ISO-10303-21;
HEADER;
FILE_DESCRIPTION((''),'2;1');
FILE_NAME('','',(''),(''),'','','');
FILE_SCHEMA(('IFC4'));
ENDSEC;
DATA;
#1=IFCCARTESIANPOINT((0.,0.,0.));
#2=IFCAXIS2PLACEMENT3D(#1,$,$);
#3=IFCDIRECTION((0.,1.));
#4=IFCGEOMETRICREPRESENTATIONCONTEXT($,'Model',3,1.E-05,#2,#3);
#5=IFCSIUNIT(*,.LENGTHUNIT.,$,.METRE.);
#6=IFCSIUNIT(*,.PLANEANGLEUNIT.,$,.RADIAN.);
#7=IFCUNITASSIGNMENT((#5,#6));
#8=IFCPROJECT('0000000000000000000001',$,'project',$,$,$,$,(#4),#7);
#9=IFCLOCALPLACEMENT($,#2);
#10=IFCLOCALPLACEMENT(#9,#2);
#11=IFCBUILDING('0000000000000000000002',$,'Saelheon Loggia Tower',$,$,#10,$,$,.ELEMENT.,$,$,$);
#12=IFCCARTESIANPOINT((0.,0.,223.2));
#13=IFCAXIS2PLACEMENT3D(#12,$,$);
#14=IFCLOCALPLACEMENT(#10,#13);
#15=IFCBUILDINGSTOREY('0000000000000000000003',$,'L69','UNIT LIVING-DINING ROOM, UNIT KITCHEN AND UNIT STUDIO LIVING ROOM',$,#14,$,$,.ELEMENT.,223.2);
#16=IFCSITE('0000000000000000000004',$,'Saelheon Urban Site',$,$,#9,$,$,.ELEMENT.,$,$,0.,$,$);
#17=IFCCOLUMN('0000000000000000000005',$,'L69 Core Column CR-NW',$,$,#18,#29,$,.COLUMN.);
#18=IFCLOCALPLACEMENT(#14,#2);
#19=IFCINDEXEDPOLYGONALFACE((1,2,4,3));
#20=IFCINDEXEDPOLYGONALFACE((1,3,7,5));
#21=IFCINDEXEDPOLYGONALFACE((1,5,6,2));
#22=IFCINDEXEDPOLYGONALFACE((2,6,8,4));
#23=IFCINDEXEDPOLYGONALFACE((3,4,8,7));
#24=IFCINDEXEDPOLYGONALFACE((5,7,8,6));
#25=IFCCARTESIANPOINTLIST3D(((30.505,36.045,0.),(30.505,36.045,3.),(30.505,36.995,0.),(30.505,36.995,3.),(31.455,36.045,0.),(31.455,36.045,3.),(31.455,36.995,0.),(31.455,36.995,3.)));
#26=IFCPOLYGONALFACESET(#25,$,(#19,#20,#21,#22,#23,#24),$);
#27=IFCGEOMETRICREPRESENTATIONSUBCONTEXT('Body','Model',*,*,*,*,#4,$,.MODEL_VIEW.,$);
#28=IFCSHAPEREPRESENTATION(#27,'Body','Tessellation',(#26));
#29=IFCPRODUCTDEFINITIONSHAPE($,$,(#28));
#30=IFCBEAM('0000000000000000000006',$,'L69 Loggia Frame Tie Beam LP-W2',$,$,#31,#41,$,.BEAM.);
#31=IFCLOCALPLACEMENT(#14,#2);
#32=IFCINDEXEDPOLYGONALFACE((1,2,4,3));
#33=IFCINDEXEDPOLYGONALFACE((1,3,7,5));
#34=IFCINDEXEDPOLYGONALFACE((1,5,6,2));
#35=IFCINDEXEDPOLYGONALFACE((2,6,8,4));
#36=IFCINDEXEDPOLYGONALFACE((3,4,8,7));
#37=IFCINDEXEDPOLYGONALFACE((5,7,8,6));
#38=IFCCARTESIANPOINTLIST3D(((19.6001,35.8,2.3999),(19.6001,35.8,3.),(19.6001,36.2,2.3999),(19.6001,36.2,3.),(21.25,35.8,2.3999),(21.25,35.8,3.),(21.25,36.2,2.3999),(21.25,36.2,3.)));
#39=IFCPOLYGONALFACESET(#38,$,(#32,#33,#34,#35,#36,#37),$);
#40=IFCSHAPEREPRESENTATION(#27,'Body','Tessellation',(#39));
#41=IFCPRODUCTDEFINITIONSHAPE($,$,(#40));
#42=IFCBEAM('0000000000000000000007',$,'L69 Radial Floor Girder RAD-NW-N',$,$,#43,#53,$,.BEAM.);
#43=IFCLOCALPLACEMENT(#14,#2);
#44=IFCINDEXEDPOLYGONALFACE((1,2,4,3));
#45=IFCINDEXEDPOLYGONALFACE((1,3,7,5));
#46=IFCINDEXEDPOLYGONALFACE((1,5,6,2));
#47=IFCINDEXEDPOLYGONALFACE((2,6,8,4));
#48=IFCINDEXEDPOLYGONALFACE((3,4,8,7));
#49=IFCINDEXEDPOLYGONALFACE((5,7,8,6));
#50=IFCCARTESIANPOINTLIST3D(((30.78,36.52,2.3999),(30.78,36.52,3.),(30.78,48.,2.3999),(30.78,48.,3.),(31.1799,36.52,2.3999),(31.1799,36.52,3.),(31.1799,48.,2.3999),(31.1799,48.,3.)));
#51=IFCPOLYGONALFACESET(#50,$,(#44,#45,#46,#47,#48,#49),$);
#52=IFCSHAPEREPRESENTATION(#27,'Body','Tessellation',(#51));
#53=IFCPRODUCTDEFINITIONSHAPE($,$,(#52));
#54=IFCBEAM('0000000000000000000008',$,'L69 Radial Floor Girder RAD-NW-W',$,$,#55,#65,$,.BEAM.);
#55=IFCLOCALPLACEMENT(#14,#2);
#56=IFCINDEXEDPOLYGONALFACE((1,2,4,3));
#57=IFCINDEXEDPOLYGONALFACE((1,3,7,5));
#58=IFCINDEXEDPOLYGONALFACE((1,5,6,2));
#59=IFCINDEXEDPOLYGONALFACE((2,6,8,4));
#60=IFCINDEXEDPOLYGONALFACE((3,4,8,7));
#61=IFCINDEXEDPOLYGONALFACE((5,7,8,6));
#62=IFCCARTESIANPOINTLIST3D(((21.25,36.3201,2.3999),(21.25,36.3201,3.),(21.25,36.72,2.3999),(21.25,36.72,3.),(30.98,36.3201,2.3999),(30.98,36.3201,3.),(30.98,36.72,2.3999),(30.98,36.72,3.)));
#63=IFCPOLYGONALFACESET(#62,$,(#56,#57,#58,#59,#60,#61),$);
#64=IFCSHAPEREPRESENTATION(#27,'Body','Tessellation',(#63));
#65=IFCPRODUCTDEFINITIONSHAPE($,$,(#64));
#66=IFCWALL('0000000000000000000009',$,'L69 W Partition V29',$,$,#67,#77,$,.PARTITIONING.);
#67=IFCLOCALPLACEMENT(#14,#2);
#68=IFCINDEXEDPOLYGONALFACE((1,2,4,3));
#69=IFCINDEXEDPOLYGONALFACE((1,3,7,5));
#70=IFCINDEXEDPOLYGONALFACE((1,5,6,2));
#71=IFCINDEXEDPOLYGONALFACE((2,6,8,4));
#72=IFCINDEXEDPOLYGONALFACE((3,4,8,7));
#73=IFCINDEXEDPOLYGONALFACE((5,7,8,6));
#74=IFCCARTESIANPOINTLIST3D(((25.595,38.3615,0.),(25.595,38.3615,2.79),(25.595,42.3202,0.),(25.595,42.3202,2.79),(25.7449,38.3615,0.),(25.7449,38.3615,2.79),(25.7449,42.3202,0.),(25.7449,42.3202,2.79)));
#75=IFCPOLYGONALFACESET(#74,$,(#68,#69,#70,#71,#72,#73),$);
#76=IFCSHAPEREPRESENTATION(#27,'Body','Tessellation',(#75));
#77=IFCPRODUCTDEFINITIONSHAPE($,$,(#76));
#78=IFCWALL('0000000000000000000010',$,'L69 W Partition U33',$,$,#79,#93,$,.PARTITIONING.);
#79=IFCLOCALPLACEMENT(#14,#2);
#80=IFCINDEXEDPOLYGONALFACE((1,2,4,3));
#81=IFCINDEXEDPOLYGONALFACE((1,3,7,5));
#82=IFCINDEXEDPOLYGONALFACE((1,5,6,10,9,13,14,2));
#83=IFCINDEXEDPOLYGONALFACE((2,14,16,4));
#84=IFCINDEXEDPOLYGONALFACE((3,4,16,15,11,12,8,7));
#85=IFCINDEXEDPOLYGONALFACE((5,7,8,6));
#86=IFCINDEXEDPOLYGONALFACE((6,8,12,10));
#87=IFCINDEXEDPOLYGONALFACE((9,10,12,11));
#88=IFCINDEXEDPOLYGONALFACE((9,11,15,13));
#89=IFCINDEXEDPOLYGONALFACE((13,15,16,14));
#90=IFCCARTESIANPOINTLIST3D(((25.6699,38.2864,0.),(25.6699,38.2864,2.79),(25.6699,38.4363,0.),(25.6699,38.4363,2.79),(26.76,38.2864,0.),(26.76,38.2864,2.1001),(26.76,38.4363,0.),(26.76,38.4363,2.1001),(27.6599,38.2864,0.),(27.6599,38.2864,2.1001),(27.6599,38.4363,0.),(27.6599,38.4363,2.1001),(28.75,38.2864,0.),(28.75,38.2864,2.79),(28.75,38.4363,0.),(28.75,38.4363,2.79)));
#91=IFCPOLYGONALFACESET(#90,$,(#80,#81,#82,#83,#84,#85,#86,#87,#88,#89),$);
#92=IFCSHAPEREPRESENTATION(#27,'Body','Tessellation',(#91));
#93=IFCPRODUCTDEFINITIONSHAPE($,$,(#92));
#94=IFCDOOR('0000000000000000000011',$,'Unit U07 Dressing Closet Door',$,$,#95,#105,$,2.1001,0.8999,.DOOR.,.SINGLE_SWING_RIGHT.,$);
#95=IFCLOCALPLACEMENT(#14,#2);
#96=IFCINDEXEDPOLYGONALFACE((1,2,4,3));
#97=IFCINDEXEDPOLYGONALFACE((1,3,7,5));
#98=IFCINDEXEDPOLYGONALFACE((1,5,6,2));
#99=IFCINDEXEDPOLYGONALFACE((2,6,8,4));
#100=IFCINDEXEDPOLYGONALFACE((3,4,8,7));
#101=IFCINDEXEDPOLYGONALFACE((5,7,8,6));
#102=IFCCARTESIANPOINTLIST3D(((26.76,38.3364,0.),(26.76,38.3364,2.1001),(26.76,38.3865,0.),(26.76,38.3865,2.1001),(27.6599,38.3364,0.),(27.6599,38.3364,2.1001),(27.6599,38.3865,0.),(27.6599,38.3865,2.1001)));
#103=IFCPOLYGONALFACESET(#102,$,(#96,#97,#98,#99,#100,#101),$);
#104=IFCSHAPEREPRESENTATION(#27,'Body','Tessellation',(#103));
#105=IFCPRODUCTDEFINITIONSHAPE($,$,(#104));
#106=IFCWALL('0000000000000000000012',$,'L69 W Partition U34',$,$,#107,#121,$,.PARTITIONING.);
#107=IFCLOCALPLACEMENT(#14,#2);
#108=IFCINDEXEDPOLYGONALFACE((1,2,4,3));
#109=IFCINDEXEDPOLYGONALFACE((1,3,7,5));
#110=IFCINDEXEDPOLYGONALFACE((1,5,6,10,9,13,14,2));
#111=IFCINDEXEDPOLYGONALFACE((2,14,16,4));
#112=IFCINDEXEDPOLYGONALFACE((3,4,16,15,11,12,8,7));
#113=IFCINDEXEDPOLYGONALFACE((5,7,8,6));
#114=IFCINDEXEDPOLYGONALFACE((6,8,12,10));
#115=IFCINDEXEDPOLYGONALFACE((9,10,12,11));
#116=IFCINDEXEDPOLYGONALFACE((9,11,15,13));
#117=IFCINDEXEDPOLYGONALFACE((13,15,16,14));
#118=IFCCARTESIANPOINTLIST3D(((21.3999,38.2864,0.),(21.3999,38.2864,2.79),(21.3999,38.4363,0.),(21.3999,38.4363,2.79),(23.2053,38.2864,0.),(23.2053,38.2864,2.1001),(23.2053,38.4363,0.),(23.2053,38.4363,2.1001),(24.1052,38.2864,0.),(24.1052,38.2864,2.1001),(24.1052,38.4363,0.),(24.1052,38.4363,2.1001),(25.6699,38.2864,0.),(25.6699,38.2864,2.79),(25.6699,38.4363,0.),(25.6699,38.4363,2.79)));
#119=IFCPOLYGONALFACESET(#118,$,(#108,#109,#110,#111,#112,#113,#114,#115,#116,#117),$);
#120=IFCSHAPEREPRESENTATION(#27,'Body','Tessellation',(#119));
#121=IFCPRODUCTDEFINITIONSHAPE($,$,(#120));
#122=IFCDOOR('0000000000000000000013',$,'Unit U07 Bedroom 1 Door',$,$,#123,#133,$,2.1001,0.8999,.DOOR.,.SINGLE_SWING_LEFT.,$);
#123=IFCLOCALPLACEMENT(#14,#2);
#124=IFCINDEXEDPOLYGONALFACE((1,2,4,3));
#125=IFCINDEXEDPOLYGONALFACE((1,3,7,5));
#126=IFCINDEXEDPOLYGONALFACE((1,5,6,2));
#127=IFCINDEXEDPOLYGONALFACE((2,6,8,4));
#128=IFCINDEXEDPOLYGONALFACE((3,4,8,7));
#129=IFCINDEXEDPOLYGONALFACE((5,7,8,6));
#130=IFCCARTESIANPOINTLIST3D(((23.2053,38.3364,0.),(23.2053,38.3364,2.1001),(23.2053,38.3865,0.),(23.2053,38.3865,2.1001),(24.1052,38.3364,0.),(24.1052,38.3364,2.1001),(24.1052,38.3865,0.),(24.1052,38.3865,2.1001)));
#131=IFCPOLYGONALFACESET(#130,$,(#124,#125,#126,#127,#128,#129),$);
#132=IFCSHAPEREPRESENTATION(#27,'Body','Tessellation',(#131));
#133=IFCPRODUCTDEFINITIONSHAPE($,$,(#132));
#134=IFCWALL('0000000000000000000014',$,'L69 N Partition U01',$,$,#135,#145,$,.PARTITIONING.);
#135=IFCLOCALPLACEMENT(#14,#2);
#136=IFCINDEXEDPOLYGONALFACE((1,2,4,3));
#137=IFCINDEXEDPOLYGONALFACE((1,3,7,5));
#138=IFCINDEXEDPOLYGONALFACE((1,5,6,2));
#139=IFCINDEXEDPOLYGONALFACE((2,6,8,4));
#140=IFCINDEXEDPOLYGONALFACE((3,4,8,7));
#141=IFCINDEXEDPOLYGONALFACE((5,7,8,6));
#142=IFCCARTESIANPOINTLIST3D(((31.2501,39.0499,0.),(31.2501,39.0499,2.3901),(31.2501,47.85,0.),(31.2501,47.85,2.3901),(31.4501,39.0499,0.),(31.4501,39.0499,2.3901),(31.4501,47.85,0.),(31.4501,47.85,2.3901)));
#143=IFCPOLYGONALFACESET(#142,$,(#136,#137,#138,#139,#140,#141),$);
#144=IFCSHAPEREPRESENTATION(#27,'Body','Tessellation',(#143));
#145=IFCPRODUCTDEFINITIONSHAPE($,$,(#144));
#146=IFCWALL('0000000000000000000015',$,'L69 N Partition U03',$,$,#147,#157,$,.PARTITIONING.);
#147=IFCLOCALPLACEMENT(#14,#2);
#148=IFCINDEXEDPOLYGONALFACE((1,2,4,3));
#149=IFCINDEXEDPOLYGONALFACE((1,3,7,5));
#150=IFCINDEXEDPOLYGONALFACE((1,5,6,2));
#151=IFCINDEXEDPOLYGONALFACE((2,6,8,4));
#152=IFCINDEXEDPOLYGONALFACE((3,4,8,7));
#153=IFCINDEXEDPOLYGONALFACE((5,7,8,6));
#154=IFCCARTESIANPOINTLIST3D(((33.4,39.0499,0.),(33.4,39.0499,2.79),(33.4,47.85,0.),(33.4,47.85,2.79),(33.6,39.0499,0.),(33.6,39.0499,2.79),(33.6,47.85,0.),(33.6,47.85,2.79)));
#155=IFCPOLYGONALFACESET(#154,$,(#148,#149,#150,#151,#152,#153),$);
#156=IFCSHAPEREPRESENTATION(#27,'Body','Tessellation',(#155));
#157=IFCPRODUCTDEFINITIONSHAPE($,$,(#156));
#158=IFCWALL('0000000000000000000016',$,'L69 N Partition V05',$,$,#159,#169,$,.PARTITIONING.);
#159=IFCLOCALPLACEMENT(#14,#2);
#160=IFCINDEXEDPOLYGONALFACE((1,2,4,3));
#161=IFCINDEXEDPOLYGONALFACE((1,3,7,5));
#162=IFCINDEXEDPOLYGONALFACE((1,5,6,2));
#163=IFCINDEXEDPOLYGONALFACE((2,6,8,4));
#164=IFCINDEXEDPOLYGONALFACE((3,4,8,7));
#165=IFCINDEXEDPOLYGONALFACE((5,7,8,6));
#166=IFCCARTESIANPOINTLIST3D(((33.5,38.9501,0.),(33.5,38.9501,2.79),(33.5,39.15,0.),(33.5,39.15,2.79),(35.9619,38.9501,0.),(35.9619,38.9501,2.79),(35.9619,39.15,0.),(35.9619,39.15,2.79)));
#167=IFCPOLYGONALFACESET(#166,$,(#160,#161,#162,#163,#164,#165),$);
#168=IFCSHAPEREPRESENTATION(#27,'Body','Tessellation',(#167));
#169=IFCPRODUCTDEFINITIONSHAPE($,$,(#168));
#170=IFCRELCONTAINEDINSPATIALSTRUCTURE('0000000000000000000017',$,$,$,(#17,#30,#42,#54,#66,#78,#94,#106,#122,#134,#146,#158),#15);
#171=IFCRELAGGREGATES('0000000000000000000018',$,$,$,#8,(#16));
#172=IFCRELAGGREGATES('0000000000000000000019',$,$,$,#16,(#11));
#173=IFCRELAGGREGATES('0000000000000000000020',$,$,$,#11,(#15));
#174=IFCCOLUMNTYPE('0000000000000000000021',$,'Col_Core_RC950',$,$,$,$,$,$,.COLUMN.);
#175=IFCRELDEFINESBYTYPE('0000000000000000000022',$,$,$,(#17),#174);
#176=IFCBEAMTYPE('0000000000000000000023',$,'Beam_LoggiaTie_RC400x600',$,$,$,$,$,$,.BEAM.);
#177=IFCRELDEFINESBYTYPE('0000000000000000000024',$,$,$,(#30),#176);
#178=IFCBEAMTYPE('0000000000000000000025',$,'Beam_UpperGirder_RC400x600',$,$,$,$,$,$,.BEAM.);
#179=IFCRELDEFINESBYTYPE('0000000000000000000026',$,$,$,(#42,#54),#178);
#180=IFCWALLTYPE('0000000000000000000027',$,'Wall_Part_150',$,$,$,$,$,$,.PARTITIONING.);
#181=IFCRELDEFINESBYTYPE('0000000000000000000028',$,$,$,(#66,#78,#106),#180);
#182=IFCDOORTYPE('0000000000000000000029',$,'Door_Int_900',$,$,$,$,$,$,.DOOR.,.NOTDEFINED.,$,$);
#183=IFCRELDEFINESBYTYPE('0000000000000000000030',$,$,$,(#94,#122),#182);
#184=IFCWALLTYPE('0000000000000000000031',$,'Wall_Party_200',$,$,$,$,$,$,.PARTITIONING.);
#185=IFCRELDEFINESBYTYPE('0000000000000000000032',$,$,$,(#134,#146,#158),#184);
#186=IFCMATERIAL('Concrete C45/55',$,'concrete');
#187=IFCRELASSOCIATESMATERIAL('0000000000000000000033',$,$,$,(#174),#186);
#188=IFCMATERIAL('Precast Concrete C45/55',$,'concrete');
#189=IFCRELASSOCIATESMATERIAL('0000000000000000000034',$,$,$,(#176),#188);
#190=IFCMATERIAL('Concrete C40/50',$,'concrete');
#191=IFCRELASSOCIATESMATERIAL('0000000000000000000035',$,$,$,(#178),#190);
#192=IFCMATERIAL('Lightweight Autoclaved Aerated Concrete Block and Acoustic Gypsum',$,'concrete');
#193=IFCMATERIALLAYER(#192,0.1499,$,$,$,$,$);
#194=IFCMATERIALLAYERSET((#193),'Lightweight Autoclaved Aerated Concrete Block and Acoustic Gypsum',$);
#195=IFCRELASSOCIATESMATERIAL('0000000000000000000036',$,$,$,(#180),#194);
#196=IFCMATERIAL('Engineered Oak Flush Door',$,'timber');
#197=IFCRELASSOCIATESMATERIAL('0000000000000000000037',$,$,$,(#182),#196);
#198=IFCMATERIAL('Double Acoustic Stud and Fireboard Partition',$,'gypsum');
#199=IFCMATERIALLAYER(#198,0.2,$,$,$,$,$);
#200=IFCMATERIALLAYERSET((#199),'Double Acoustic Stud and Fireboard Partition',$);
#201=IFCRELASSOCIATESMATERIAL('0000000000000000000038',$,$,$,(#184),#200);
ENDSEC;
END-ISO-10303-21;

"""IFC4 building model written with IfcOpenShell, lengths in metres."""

from ifc_helpers import new_model, si_unit, direction, frame, frame_2d, origin, origin_2d, place, context, subcontext, project, spatial, rectangle, extrude, source, transform, mapped, material, layer, layer_set, material_profile, profile_set, type_object, element, fill, save


model = new_model("IFC4")

# Units and contexts
model_context = context("Model", 3, precision=1e-05, world=origin(), true_north=direction((0.0, 1.0)))
body_context = subcontext(model_context, "Body", "Model", "MODEL_VIEW")
ifc_project = project(units=[si_unit("LENGTHUNIT", "METRE"), si_unit("PLANEANGLEUNIT", "RADIAN")], contexts=[model_context])

# Site, building, storey
site_placement = place(None, origin())
site = spatial("IfcSite", under=ifc_project, at=site_placement, Name="Saelheon Urban Site", CompositionType="ELEMENT", RefElevation=0.0)
building_placement = place(site_placement, origin())
building = spatial("IfcBuilding", under=site, at=building_placement, Name="Saelheon Loggia Tower", CompositionType="ELEMENT")
storey_placement = place(building_placement, frame((0.0, 0.0, 223.2)))
storey = spatial("IfcBuildingStorey", under=building, at=storey_placement, Name="L69", Description="UNIT LIVING-DINING ROOM, UNIT KITCHEN AND UNIT STUDIO LIVING ROOM", CompositionType="ELEMENT", Elevation=223.2)

# Column
ifc_material_1 = material(Name="Concrete C45/55", Category="concrete")
ifc_material_profile_1 = material_profile(ifc_material_1, rectangle(XDim=0.95, YDim=0.95, at=origin_2d()), Name="RC-950x950")
ifc_profile_set_1 = profile_set([ifc_material_profile_1], Name="Concrete C45/55")
column_type = type_object("IfcColumnType", Name="Col_Core_RC950", PredefinedType="COLUMN", material=ifc_profile_set_1)
shared_shape_1 = source(origin(), body_context, "Body", "SweptSolid", [
    extrude(rectangle(XDim=0.95, YDim=0.95, at=origin_2d()), origin(), (0.0, 0.0, 1.0), 3.0),
])
column_placement = place(storey_placement, frame((30.98, 36.52, 0.0), z_axis=(0.0, 0.0, 1.0), x_axis=(1.0, 0.0, 0.0)))
element("IfcColumn", 1, at=column_placement, inside=storey, type_object=column_type, Name="L69 Core Column CR-NW", PredefinedType="COLUMN", context=body_context, shape_type="MappedRepresentation", body=[
    mapped(shared_shape_1, transform((0.0, 0.0, 0.0), scale=1.0)),
])

# Beams
ifc_material_2 = material(Name="Precast Concrete C45/55", Category="concrete")
ifc_material_profile_2 = material_profile(ifc_material_2, rectangle(XDim=0.3999, YDim=0.6001, at=origin_2d()), Name="RC-400x600")
ifc_profile_set_2 = profile_set([ifc_material_profile_2], Name="Precast Concrete C45/55")
beam_type_1 = type_object("IfcBeamType", Name="Beam_LoggiaTie_RC400x600", PredefinedType="BEAM", material=ifc_profile_set_2)
shared_shape_2 = source(origin(), body_context, "Body", "SweptSolid", [
    extrude(rectangle(XDim=0.3999, YDim=0.6001, at=origin_2d()), origin(), (0.0, 0.0, 1.0), 1.6499),
])
beam_1_placement = place(storey_placement, frame((21.25, 36.0, 2.7), z_axis=(-1.0, 0.0, 0.0), x_axis=(0.0, -1.0, 0.0)))
element("IfcBeam", 2, at=beam_1_placement, inside=storey, type_object=beam_type_1, Name="L69 Loggia Frame Tie Beam LP-W2", PredefinedType="BEAM", context=body_context, shape_type="MappedRepresentation", body=[
    mapped(shared_shape_2, transform((0.0, 0.0, 0.0), scale=1.0)),
])
ifc_material_3 = material(Name="Concrete C40/50", Category="concrete")
ifc_material_profile_3 = material_profile(ifc_material_3, rectangle(XDim=0.3999, YDim=0.6001, at=origin_2d()), Name="RC-400x600")
ifc_profile_set_3 = profile_set([ifc_material_profile_3], Name="Concrete C40/50")
beam_type_2 = type_object("IfcBeamType", Name="Beam_UpperGirder_RC400x600", PredefinedType="BEAM", material=ifc_profile_set_3)
shared_shape_3 = source(origin(), body_context, "Body", "SweptSolid", [
    extrude(rectangle(XDim=0.3999, YDim=0.6001, at=origin_2d()), origin(), (0.0, 0.0, 1.0), 11.48),
])
beam_2_placement = place(storey_placement, frame((30.98, 36.52, 2.7), z_axis=(0.0, 1.0, 0.0), x_axis=(-1.0, 0.0, 0.0)))
element("IfcBeam", 3, at=beam_2_placement, inside=storey, type_object=beam_type_2, Name="L69 Radial Floor Girder RAD-NW-N", PredefinedType="BEAM", context=body_context, shape_type="MappedRepresentation", body=[
    mapped(shared_shape_3, transform((0.0, 0.0, 0.0), scale=1.0)),
])
shared_shape_4 = source(origin(), body_context, "Body", "SweptSolid", [
    extrude(rectangle(XDim=0.3999, YDim=0.6001, at=origin_2d()), origin(), (0.0, 0.0, 1.0), 9.73),
])
beam_3_placement = place(storey_placement, frame((30.98, 36.52, 2.7), z_axis=(-1.0, 0.0, 0.0), x_axis=(0.0, -1.0, 0.0)))
element("IfcBeam", 4, at=beam_3_placement, inside=storey, type_object=beam_type_2, Name="L69 Radial Floor Girder RAD-NW-W", PredefinedType="BEAM", context=body_context, shape_type="MappedRepresentation", body=[
    mapped(shared_shape_4, transform((0.0, 0.0, 0.0), scale=1.0)),
])

# Wall
ifc_material_4 = material(Name="Lightweight Autoclaved Aerated Concrete Block and Acoustic Gypsum", Category="concrete")
ifc_layer_1 = layer(ifc_material_4, 0.1499)
ifc_layer_set_1 = layer_set([ifc_layer_1], Name="Lightweight Autoclaved Aerated Concrete Block and Acoustic Gypsum")
wall_type_1 = type_object("IfcWallType", Name="Wall_Part_150", PredefinedType="PARTITIONING", material=ifc_layer_set_1)
wall_1_placement = place(storey_placement, frame((25.6699, 38.3613, 0.0), z_axis=(0.0, 0.0, 1.0), x_axis=(0.0, 1.0, 0.0)))
element("IfcWall", 5, at=wall_1_placement, inside=storey, type_object=wall_type_1, Name="L69 W Partition V29", PredefinedType="PARTITIONING", context=body_context, shape_type="SweptSolid", body=[
    extrude(rectangle(XDim=3.9587, YDim=0.1499, at=frame_2d((1.9795, 0.0))), origin(), (0.0, 0.0, 1.0), 2.79),
])

# Walls, openings, doors
wall_2_placement = place(storey_placement, frame((28.75, 38.3613, 0.0), z_axis=(0.0, 0.0, 1.0), x_axis=(-1.0, 0.0, 0.0)))
wall_2 = element("IfcWall", 6, at=wall_2_placement, inside=storey, type_object=wall_type_1, Name="L69 W Partition U33", PredefinedType="PARTITIONING", context=body_context, shape_type="SweptSolid", body=[
    extrude(rectangle(XDim=3.0801, YDim=0.1499, at=frame_2d((1.54, 0.0))), origin(), (0.0, 0.0, 1.0), 2.79),
])
opening_1_placement = place(wall_2_placement, frame((1.0901, 0.0, 0.0)))
opening_1 = element("IfcOpeningElement", 7, at=opening_1_placement, cuts=wall_2, PredefinedType="OPENING", context=body_context, shape_type="SweptSolid", body=[
    extrude(rectangle(XDim=0.8999, YDim=2.1001, at=frame_2d((0.45, 1.05))), frame((0.0, 0.0869, 0.0), z_axis=(0.0, -1.0, 0.0), x_axis=(1.0, 0.0, 0.0)), (0.0, 0.0, 1.0), 0.1738),
])
ifc_material_5 = material(Name="Engineered Oak Flush Door", Category="timber")
door_type_1 = type_object("IfcDoorType", Name="Door_Int_900", OperationType="NOTDEFINED", PredefinedType="DOOR", material=ifc_material_5)
shared_shape_5 = source(origin(), body_context, "Body", "SweptSolid", [
    extrude(rectangle(XDim=0.8999, YDim=2.1001, at=frame_2d((0.45, 1.05))), frame((0.0, 0.0249, 0.0), z_axis=(0.0, -1.0, 0.0), x_axis=(1.0, 0.0, 0.0)), (0.0, 0.0, 1.0), 0.05),
])
door_1_placement = place(opening_1_placement, origin())
door_1 = element("IfcDoor", 8, at=door_1_placement, inside=storey, type_object=door_type_1, Name="Unit U07 Dressing Closet Door", OperationType="SINGLE_SWING_RIGHT", OverallHeight=2.1001, OverallWidth=0.8999, PredefinedType="DOOR", context=body_context, shape_type="MappedRepresentation", body=[
    mapped(shared_shape_5, transform((0.0, 0.0, 0.0), scale=1.0)),
])
fill(opening_1, door_1)
wall_3_placement = place(storey_placement, frame((25.6699, 38.3613, 0.0), z_axis=(0.0, 0.0, 1.0), x_axis=(-1.0, 0.0, 0.0)))
wall_3 = element("IfcWall", 9, at=wall_3_placement, inside=storey, type_object=wall_type_1, Name="L69 W Partition U34", PredefinedType="PARTITIONING", context=body_context, shape_type="SweptSolid", body=[
    extrude(rectangle(XDim=4.27, YDim=0.1499, at=frame_2d((2.135, 0.0))), origin(), (0.0, 0.0, 1.0), 2.79),
])
opening_2_placement = place(wall_3_placement, frame((1.5647, 0.0, 0.0)))
opening_2 = element("IfcOpeningElement", 10, at=opening_2_placement, cuts=wall_3, PredefinedType="OPENING", context=body_context, shape_type="SweptSolid", body=[
    extrude(rectangle(XDim=0.8999, YDim=2.1001, at=frame_2d((0.45, 1.05))), frame((0.0, 0.0869, 0.0), z_axis=(0.0, -1.0, 0.0), x_axis=(1.0, 0.0, 0.0)), (0.0, 0.0, 1.0), 0.1738),
])
door_2_placement = place(opening_2_placement, origin())
door_2 = element("IfcDoor", 11, at=door_2_placement, inside=storey, type_object=door_type_1, Name="Unit U07 Bedroom 1 Door", OperationType="SINGLE_SWING_LEFT", OverallHeight=2.1001, OverallWidth=0.8999, PredefinedType="DOOR", context=body_context, shape_type="MappedRepresentation", body=[
    mapped(shared_shape_5, transform((0.0, 0.0, 0.0), scale=1.0)),
])
fill(opening_2, door_2)

# Walls
ifc_material_6 = material(Name="Double Acoustic Stud and Fireboard Partition", Category="gypsum")
ifc_layer_2 = layer(ifc_material_6, 0.2)
ifc_layer_set_2 = layer_set([ifc_layer_2], Name="Double Acoustic Stud and Fireboard Partition")
wall_type_2 = type_object("IfcWallType", Name="Wall_Party_200", PredefinedType="PARTITIONING", material=ifc_layer_set_2)
wall_4_placement = place(storey_placement, frame((31.3501, 39.05, 0.0), z_axis=(0.0, 0.0, 1.0), x_axis=(0.0, 1.0, 0.0)))
element("IfcWall", 12, at=wall_4_placement, inside=storey, type_object=wall_type_2, Name="L69 N Partition U01", PredefinedType="PARTITIONING", context=body_context, shape_type="SweptSolid", body=[
    extrude(rectangle(XDim=8.8, YDim=0.2, at=frame_2d((4.3999, 0.0))), origin(), (0.0, 0.0, 1.0), 2.3901),
])
wall_5_placement = place(storey_placement, frame((33.5, 39.05, 0.0), z_axis=(0.0, 0.0, 1.0), x_axis=(0.0, 1.0, 0.0)))
element("IfcWall", 13, at=wall_5_placement, inside=storey, type_object=wall_type_2, Name="L69 N Partition U03", PredefinedType="PARTITIONING", context=body_context, shape_type="SweptSolid", body=[
    extrude(rectangle(XDim=8.8, YDim=0.2, at=frame_2d((4.3999, 0.0))), origin(), (0.0, 0.0, 1.0), 2.79),
])
wall_6_placement = place(storey_placement, frame((33.5, 39.05, 0.0), z_axis=(0.0, 0.0, 1.0), x_axis=(1.0, 0.0, 0.0)))
element("IfcWall", 14, at=wall_6_placement, inside=storey, type_object=wall_type_2, Name="L69 N Partition V05", PredefinedType="PARTITIONING", context=body_context, shape_type="SweptSolid", body=[
    extrude(rectangle(XDim=2.4619, YDim=0.2, at=frame_2d((1.231, 0.0))), origin(), (0.0, 0.0, 1.0), 2.79),
])

save(model, "model.ifc")
